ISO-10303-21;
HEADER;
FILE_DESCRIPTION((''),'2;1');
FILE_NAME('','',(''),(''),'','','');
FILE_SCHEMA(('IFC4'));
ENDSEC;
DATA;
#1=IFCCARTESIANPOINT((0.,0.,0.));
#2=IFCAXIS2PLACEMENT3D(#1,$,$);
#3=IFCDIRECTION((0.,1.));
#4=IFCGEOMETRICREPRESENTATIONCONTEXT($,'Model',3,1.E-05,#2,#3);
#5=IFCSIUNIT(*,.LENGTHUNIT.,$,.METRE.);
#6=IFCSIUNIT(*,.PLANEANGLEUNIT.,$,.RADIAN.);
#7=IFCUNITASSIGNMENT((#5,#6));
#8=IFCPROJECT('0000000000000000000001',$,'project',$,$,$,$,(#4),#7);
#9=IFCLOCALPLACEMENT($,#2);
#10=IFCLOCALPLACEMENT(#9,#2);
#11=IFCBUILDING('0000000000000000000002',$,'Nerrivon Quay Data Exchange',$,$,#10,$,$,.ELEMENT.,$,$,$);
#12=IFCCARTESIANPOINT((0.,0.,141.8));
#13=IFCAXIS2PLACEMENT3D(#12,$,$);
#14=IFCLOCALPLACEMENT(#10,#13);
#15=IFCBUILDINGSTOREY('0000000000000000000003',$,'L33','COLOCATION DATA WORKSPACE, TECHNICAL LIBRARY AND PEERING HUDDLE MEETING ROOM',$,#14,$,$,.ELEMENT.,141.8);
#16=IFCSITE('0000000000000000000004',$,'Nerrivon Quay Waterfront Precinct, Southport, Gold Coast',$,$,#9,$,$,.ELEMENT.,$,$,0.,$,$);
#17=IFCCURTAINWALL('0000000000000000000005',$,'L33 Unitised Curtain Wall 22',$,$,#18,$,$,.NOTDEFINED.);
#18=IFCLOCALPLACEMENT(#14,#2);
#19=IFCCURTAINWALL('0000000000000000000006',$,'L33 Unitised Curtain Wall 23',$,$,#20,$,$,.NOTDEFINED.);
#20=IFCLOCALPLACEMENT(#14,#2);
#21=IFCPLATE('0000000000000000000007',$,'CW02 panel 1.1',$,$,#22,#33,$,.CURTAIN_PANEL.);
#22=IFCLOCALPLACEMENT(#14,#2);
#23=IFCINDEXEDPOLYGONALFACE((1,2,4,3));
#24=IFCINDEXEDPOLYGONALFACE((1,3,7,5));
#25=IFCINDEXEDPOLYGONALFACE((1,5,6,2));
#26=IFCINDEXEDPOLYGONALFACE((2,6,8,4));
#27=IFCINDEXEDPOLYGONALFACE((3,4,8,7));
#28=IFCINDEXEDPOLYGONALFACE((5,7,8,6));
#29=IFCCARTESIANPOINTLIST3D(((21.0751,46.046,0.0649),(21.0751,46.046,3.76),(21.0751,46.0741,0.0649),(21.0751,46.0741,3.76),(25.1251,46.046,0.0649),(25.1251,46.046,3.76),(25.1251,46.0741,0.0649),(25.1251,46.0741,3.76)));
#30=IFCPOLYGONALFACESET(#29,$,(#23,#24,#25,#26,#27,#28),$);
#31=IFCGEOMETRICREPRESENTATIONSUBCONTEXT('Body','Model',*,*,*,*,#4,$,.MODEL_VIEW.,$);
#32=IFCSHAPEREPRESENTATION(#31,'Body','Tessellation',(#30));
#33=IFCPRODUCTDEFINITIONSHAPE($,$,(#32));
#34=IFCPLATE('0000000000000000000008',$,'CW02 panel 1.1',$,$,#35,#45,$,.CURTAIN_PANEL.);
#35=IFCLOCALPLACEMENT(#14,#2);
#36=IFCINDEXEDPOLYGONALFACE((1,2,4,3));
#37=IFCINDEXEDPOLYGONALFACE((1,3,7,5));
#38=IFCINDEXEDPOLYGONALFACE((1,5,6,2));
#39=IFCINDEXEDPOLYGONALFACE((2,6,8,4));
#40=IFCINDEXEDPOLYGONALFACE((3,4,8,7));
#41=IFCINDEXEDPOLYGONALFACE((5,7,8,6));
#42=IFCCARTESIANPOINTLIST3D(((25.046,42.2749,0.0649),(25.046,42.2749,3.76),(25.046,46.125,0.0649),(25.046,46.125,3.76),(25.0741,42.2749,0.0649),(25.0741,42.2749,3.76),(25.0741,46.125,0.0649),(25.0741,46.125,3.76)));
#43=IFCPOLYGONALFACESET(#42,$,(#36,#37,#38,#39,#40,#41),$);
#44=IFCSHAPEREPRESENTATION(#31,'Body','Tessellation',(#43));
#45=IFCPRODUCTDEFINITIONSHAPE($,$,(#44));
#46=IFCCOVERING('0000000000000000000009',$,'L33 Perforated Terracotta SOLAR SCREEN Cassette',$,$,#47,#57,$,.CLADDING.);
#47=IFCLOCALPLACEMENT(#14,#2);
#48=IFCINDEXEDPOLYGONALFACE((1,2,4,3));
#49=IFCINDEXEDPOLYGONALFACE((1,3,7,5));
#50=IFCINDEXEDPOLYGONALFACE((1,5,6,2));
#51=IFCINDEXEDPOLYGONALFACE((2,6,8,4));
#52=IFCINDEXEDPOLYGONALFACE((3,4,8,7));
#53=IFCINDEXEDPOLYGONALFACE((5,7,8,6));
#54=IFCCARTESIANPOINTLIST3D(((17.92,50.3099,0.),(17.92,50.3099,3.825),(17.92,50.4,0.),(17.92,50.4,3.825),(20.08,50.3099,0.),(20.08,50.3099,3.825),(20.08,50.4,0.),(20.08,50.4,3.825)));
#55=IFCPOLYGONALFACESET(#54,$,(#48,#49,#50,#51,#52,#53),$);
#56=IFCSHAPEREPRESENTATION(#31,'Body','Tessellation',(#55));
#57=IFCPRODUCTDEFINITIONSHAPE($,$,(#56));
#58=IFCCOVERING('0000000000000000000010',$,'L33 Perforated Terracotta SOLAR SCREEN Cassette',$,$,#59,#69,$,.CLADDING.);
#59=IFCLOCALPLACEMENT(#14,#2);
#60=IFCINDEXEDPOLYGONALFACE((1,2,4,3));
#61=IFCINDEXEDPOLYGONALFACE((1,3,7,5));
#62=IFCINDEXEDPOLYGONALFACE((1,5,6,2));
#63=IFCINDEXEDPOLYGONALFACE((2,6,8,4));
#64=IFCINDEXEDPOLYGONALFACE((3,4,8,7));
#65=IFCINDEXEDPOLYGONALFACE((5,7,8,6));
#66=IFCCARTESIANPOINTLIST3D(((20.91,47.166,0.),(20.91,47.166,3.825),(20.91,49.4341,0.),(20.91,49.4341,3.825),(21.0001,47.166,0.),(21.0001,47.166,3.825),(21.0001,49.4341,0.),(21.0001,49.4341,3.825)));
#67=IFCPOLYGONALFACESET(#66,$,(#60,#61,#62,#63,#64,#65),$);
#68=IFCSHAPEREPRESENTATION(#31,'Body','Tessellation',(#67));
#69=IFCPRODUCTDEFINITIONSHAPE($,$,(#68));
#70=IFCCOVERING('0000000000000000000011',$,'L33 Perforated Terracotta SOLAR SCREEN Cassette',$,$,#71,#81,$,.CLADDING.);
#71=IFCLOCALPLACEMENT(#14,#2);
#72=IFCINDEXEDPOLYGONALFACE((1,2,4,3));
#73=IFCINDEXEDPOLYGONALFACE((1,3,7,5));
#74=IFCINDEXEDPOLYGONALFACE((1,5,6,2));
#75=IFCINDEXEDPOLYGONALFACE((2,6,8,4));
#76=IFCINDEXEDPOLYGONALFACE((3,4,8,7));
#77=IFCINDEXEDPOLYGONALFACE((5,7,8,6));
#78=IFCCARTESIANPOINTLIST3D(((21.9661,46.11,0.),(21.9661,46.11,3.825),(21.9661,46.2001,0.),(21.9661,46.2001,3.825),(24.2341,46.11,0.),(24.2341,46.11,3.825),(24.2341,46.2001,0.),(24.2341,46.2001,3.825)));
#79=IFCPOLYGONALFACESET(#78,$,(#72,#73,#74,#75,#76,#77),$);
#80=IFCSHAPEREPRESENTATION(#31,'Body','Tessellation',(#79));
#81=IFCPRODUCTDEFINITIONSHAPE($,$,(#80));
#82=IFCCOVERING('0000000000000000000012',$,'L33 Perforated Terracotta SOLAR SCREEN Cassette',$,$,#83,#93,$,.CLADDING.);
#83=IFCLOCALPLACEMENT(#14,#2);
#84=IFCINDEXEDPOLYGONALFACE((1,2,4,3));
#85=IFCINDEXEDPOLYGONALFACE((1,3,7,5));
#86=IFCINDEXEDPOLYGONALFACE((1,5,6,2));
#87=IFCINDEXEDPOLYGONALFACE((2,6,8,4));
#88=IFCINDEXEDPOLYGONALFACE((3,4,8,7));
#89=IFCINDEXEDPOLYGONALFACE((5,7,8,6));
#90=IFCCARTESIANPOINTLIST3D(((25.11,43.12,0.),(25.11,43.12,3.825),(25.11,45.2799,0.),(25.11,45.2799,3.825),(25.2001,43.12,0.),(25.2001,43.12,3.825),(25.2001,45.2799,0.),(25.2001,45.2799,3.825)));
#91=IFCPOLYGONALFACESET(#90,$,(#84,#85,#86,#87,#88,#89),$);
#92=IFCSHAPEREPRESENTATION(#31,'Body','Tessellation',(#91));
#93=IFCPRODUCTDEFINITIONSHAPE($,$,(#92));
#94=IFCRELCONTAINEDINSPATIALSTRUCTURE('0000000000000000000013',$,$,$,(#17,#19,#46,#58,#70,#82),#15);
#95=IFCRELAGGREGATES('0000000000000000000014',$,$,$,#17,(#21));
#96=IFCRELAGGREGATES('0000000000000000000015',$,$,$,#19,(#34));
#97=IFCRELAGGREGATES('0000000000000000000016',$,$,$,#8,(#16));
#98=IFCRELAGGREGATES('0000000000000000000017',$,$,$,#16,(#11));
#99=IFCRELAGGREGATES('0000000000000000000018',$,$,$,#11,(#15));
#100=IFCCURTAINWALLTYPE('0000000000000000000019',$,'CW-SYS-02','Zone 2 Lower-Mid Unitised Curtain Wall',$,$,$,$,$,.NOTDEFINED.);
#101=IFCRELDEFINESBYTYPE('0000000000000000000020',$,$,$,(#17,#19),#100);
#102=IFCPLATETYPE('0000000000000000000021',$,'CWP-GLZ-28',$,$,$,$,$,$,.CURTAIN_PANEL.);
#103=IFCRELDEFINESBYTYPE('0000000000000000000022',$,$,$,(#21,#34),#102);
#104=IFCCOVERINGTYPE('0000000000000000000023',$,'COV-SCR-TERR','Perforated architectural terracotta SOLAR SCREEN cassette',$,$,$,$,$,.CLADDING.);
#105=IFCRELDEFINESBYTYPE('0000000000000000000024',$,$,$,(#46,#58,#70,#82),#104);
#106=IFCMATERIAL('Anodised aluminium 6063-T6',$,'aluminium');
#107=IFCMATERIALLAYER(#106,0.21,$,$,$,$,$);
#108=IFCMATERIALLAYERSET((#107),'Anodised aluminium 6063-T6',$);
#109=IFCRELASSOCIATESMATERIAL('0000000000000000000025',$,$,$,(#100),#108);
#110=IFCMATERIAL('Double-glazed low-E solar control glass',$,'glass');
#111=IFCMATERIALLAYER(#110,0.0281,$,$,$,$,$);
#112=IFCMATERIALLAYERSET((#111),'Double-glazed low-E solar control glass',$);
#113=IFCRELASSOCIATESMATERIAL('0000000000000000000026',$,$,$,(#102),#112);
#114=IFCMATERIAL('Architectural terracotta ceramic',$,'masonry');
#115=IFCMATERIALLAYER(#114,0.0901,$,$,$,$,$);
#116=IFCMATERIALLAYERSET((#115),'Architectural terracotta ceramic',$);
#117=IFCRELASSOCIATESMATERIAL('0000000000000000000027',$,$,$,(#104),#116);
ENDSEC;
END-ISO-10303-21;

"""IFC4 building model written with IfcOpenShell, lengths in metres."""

from ifc_helpers import new_model, si_unit, direction, frame, origin, origin_2d, place, context, subcontext, project, spatial, rectangle, extrude, material, layer, layer_set, type_object, element, aggregate, save


model = new_model("IFC4")

# Units and contexts
model_context = context("Model", 3, precision=1e-05, world=origin(), true_north=direction((0.0, 1.0)))
body_context = subcontext(model_context, "Body", "Model", "MODEL_VIEW")
ifc_project = project(units=[si_unit("LENGTHUNIT", "METRE"), si_unit("PLANEANGLEUNIT", "RADIAN")], contexts=[model_context])

# Site, building, storey
site_placement = place(None, origin())
site = spatial("IfcSite", under=ifc_project, at=site_placement, Name="Nerrivon Quay Waterfront Precinct, Southport, Gold Coast", CompositionType="ELEMENT", RefElevation=0.0)
building_placement = place(site_placement, origin())
building = spatial("IfcBuilding", under=site, at=building_placement, Name="Nerrivon Quay Data Exchange", CompositionType="ELEMENT")
storey_placement = place(building_placement, frame((0.0, 0.0, 141.8)))
storey = spatial("IfcBuildingStorey", under=building, at=storey_placement, Name="L33", Description="COLOCATION DATA WORKSPACE, TECHNICAL LIBRARY AND PEERING HUDDLE MEETING ROOM", CompositionType="ELEMENT", Elevation=141.8)

# Shared definitions
ifc_material_1 = material(Name="Anodised aluminium 6063-T6", Category="aluminium")
ifc_layer_1 = layer(ifc_material_1, 0.21)
ifc_layer_set_1 = layer_set([ifc_layer_1], Name="Anodised aluminium 6063-T6")
curtain_wall_type = type_object("IfcCurtainWallType", Name="CW-SYS-02", Description="Zone 2 Lower-Mid Unitised Curtain Wall", PredefinedType="NOTDEFINED", material=ifc_layer_set_1)

# Curtain wall
curtain_wall_1_placement = place(storey_placement, origin())
curtain_wall_1 = element("IfcCurtainWall", 1, at=curtain_wall_1_placement, inside=storey, type_object=curtain_wall_type, Name="L33 Unitised Curtain Wall 22", PredefinedType="NOTDEFINED")

# Curtain wall
curtain_wall_2_placement = place(storey_placement, origin())
curtain_wall_2 = element("IfcCurtainWall", 2, at=curtain_wall_2_placement, inside=storey, type_object=curtain_wall_type, Name="L33 Unitised Curtain Wall 23", PredefinedType="NOTDEFINED")

# Plates
ifc_material_2 = material(Name="Double-glazed low-E solar control glass", Category="glass")
ifc_layer_2 = layer(ifc_material_2, 0.0281)
ifc_layer_set_2 = layer_set([ifc_layer_2], Name="Double-glazed low-E solar control glass")
plate_type = type_object("IfcPlateType", Name="CWP-GLZ-28", PredefinedType="CURTAIN_PANEL", material=ifc_layer_set_2)
plate_1_placement = place(storey_placement, frame((23.1001, 46.0601, 0.0649), z_axis=(0.0, 0.0, 1.0), x_axis=(1.0, 0.0, 0.0)))
plate_1 = element("IfcPlate", 3, at=plate_1_placement, type_object=plate_type, Name="CW02 panel 1.1", PredefinedType="CURTAIN_PANEL", context=body_context, shape_type="SweptSolid", body=[
    extrude(rectangle(XDim=4.05, YDim=0.0281, at=origin_2d()), origin(), (0.0, 0.0, 1.0), 3.6951),
])
aggregate(curtain_wall_1, [plate_1])
plate_2_placement = place(storey_placement, frame((25.0601, 44.2, 0.0649), z_axis=(0.0, 0.0, 1.0), x_axis=(0.0, -1.0, 0.0)))
plate_2 = element("IfcPlate", 4, at=plate_2_placement, type_object=plate_type, Name="CW02 panel 1.1", PredefinedType="CURTAIN_PANEL", context=body_context, shape_type="SweptSolid", body=[
    extrude(rectangle(XDim=3.8501, YDim=0.0281, at=origin_2d()), origin(), (0.0, 0.0, 1.0), 3.6951),
])
aggregate(curtain_wall_2, [plate_2])

# Coverings
ifc_material_3 = material(Name="Architectural terracotta ceramic", Category="masonry")
ifc_layer_3 = layer(ifc_material_3, 0.0901)
ifc_layer_set_3 = layer_set([ifc_layer_3], Name="Architectural terracotta ceramic")
covering_type = type_object("IfcCoveringType", Name="COV-SCR-TERR", Description="Perforated architectural terracotta SOLAR SCREEN cassette", PredefinedType="CLADDING", material=ifc_layer_set_3)
covering_1_placement = place(storey_placement, frame((19.0, 50.355, 0.0), z_axis=(0.0, 0.0, 1.0), x_axis=(1.0, 0.0, 0.0)))
element("IfcCovering", 5, at=covering_1_placement, inside=storey, type_object=covering_type, Name="L33 Perforated Terracotta SOLAR SCREEN Cassette", PredefinedType="CLADDING", context=body_context, shape_type="SweptSolid", body=[
    extrude(rectangle(XDim=2.1599, YDim=0.0901, at=origin_2d()), origin(), (0.0, 0.0, 1.0), 3.825),
])
for number, where, z_axis, x_axis, name in (
    (6, (20.9551, 48.3, 0.0), (0.0, 0.0, 1.0), (0.0, -1.0, 0.0), "L33 Perforated Terracotta SOLAR SCREEN Cassette"),
    (7, (23.1001, 46.155, 0.0), (0.0, 0.0, 1.0), (1.0, 0.0, 0.0), "L33 Perforated Terracotta SOLAR SCREEN Cassette"),
):
    element("IfcCovering", number, at=place(storey_placement, frame(where, z_axis=z_axis, x_axis=x_axis)), inside=storey, type_object=covering_type, Name=name, PredefinedType="CLADDING", context=body_context, shape_type="SweptSolid", body=[
        extrude(rectangle(XDim=2.2681, YDim=0.0901, at=origin_2d()), origin(), (0.0, 0.0, 1.0), 3.825),
    ])
covering_2_placement = place(storey_placement, frame((25.155, 44.2, 0.0), z_axis=(0.0, 0.0, 1.0), x_axis=(0.0, -1.0, 0.0)))
element("IfcCovering", 8, at=covering_2_placement, inside=storey, type_object=covering_type, Name="L33 Perforated Terracotta SOLAR SCREEN Cassette", PredefinedType="CLADDING", context=body_context, shape_type="SweptSolid", body=[
    extrude(rectangle(XDim=2.1599, YDim=0.0901, at=origin_2d()), origin(), (0.0, 0.0, 1.0), 3.825),
])

save(model, "model.ifc")
